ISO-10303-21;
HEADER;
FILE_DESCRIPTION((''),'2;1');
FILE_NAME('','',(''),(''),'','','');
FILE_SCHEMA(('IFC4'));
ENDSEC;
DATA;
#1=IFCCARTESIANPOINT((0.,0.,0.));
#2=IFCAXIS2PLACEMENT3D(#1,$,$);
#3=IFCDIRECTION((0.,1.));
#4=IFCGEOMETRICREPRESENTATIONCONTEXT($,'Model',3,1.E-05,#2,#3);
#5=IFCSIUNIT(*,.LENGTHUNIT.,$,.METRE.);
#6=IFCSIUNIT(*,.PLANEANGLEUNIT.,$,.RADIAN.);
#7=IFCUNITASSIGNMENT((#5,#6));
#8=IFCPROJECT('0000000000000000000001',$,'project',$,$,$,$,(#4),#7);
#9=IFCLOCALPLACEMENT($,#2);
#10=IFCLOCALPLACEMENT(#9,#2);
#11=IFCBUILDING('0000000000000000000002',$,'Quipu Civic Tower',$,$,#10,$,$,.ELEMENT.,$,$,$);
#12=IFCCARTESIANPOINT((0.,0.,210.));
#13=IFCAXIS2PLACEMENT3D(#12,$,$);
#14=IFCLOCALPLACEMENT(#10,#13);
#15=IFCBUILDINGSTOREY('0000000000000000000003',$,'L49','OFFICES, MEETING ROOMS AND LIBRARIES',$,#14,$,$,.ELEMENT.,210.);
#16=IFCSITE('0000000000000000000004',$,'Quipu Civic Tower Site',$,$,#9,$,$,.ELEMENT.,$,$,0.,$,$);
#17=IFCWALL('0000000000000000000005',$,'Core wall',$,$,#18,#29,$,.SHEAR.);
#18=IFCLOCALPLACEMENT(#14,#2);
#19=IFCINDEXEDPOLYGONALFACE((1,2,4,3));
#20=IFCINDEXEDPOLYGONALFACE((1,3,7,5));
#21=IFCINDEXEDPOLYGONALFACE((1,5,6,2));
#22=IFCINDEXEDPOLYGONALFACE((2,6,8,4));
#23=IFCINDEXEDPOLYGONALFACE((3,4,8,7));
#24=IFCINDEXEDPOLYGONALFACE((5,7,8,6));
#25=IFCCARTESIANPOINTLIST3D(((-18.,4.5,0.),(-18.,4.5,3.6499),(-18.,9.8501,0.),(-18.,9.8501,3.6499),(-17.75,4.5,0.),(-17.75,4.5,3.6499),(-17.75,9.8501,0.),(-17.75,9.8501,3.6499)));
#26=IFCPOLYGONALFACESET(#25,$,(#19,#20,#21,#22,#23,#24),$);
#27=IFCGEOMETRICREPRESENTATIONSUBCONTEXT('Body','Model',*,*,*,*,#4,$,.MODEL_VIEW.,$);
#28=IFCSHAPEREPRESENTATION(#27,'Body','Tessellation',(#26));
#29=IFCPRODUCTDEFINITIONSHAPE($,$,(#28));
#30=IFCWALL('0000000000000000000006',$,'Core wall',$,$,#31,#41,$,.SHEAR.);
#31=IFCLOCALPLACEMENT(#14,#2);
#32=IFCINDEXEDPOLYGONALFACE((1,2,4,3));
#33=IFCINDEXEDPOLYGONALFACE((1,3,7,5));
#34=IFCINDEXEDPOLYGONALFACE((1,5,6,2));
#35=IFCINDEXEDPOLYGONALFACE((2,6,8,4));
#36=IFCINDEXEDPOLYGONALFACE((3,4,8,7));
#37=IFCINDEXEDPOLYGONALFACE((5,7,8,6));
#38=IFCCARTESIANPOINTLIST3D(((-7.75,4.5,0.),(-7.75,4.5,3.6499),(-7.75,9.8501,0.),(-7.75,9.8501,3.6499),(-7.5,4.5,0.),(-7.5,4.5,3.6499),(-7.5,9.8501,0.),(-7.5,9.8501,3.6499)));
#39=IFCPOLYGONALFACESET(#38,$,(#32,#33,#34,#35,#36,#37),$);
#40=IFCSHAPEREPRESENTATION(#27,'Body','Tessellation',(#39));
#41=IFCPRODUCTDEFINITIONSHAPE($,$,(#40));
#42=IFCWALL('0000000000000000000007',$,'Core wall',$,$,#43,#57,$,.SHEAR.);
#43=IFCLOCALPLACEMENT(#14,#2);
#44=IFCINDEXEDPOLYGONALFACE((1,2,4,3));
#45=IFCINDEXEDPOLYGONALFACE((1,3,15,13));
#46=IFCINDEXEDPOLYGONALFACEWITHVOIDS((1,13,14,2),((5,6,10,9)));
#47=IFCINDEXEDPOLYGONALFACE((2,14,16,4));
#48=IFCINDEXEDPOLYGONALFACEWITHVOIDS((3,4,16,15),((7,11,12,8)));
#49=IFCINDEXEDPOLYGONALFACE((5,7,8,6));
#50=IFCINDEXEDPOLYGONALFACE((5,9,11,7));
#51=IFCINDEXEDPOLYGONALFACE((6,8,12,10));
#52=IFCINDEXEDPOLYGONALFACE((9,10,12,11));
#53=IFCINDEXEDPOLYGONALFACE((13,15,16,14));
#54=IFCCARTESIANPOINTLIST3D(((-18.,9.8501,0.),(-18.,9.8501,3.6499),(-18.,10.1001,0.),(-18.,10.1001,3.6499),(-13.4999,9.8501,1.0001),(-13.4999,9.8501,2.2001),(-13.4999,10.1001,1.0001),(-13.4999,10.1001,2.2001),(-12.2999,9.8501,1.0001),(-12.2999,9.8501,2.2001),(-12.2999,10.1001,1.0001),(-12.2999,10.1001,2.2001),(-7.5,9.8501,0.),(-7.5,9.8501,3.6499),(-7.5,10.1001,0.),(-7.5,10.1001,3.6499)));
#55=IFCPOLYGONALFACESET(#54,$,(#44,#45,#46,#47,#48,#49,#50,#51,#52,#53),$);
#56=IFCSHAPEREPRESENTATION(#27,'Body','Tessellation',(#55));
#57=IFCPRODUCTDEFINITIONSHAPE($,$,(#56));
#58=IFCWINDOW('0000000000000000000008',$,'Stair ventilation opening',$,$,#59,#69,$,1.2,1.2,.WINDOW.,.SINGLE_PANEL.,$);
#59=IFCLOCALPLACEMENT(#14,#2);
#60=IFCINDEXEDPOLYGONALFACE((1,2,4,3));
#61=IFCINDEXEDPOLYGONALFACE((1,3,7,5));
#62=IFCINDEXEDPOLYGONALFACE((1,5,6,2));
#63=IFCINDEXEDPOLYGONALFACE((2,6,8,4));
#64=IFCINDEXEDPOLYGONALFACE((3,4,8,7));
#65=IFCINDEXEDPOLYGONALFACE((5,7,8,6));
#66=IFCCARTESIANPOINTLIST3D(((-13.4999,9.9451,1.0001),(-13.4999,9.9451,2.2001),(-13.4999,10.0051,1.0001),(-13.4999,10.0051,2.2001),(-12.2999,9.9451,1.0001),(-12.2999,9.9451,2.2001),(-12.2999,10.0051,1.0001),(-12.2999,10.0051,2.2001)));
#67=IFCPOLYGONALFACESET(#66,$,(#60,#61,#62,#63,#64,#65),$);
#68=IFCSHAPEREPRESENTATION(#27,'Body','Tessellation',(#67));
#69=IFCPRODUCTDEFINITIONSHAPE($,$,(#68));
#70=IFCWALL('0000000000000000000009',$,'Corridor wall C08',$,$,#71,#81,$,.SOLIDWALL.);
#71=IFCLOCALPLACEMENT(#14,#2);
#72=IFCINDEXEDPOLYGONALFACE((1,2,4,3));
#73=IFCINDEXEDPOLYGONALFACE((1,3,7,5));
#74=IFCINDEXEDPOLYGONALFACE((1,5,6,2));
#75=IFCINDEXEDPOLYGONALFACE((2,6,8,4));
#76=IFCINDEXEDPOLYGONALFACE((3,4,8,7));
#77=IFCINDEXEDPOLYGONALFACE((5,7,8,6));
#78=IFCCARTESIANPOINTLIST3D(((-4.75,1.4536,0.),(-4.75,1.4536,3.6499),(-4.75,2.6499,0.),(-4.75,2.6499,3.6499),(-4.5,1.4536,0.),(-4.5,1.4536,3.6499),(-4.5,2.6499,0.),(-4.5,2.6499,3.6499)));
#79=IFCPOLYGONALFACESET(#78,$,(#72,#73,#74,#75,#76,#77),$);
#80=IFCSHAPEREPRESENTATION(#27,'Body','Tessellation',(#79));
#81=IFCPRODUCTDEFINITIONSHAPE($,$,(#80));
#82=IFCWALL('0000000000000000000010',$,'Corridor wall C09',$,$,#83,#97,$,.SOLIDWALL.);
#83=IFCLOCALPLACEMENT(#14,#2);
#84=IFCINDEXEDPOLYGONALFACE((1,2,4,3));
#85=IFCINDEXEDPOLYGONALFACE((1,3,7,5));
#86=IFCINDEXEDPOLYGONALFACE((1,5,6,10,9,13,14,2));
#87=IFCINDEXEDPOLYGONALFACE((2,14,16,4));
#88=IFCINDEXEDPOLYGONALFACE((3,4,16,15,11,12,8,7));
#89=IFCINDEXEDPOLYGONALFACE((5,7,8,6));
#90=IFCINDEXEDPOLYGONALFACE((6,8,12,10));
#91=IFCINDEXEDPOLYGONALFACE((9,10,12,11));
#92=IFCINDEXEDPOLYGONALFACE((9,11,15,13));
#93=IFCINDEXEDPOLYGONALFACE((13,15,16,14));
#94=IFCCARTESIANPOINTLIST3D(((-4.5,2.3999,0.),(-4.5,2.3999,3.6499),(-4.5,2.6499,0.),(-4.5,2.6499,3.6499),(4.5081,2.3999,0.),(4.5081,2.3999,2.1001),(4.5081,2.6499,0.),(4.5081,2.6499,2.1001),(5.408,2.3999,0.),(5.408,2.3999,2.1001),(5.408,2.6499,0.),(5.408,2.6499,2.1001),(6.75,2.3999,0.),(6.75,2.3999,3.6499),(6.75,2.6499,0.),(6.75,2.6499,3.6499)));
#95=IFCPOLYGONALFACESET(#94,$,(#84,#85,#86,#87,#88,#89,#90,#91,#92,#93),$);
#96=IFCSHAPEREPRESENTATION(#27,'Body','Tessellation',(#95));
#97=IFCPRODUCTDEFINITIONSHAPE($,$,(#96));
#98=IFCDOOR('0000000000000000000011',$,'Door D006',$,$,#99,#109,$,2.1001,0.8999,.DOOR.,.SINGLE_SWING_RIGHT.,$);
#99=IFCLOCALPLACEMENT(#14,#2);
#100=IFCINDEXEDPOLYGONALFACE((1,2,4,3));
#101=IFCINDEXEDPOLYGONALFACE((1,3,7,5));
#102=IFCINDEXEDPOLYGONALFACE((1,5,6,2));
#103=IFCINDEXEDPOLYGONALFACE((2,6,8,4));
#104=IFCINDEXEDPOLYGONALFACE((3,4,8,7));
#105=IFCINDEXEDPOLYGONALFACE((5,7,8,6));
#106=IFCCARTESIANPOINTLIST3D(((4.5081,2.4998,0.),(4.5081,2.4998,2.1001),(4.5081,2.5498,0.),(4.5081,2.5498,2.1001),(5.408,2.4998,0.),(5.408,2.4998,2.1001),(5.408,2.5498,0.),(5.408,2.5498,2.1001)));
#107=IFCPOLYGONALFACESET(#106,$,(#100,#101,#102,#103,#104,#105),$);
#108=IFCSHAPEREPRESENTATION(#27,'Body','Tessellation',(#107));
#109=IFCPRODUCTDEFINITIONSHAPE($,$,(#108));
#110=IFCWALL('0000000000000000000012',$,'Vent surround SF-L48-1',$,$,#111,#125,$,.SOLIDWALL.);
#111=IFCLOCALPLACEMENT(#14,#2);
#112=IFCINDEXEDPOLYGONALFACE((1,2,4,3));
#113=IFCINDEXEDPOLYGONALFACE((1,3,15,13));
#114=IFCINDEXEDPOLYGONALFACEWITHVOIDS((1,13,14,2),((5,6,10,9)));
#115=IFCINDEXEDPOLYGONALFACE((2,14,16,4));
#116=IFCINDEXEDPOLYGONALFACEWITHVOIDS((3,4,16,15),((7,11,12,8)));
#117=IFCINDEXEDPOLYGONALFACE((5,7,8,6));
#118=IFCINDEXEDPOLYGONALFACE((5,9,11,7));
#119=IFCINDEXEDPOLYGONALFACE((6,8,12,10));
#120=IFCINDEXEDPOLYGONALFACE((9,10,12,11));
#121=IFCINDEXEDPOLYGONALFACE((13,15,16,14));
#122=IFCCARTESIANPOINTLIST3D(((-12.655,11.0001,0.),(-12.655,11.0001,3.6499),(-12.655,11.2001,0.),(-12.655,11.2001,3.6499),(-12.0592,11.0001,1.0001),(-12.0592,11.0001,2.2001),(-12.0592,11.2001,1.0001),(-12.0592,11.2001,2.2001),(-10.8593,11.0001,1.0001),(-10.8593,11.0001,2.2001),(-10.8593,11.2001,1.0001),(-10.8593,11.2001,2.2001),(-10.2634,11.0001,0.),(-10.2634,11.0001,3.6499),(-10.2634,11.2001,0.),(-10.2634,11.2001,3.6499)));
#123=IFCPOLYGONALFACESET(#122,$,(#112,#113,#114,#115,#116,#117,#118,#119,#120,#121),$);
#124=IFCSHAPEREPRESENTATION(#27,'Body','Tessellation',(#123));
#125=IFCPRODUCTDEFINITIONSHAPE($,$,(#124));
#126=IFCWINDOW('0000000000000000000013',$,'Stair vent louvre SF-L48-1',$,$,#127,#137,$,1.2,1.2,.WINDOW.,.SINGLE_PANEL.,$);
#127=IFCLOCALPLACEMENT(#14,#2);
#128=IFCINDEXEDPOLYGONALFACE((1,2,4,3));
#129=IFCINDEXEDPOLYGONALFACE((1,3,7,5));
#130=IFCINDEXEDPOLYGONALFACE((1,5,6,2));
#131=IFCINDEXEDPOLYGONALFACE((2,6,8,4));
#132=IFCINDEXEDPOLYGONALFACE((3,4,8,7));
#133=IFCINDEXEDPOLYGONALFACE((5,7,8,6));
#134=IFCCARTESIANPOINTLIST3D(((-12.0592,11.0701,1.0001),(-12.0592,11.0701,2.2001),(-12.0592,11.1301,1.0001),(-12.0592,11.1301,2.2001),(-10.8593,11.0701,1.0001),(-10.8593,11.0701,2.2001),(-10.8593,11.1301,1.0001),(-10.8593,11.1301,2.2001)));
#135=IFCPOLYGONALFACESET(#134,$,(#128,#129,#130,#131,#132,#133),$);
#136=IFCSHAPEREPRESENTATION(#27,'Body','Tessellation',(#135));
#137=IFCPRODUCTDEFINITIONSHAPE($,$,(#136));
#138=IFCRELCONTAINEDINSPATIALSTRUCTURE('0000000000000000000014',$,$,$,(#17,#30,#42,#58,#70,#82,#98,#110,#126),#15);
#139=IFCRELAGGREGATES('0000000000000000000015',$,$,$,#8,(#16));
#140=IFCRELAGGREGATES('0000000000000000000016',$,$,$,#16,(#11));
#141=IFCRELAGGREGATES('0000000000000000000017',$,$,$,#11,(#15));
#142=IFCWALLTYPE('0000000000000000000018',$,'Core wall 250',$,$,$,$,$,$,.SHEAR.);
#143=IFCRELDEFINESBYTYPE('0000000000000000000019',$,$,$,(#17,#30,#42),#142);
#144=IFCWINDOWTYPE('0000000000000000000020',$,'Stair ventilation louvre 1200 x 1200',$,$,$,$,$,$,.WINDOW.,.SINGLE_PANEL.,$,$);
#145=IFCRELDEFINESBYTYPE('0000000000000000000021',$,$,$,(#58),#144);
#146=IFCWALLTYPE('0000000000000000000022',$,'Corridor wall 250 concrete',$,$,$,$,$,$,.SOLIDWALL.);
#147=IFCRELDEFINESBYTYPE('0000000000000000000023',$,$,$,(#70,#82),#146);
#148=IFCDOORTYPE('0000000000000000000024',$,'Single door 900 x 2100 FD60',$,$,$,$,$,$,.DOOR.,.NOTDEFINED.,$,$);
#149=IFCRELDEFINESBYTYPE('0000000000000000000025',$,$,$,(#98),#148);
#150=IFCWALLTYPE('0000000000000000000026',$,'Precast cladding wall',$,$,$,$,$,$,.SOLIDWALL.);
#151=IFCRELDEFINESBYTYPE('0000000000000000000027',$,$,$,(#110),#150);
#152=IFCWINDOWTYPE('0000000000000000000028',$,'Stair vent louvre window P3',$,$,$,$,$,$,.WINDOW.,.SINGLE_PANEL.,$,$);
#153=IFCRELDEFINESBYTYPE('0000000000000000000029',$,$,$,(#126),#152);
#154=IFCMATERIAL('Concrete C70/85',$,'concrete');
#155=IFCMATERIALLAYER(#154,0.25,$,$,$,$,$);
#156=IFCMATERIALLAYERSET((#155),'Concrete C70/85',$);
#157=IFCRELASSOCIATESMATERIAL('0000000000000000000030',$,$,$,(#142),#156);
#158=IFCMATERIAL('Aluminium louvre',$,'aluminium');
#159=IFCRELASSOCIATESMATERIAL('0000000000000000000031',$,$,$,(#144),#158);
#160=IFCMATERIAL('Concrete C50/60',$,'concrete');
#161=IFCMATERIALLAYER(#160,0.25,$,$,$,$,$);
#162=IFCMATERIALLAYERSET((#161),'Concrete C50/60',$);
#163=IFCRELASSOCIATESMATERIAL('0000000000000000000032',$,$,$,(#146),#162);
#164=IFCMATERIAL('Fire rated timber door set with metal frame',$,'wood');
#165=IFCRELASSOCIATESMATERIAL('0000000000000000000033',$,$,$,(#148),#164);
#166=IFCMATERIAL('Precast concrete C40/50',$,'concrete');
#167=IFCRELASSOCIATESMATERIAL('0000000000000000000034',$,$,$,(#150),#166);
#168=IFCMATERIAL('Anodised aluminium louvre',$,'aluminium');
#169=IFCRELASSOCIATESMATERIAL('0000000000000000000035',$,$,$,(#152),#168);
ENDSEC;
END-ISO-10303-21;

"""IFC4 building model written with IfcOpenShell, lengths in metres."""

from ifc_helpers import new_model, si_unit, direction, frame, frame_2d, origin, place, context, subcontext, project, spatial, rectangle, extrude, material, layer, layer_set, type_object, element, fill, save


model = new_model("IFC4")

# Units and contexts
model_context = context("Model", 3, precision=1e-05, world=origin(), true_north=direction((0.0, 1.0)))
body_context = subcontext(model_context, "Body", "Model", "MODEL_VIEW")
ifc_project = project(units=[si_unit("LENGTHUNIT", "METRE"), si_unit("PLANEANGLEUNIT", "RADIAN")], contexts=[model_context])

# Site, building, storey
site_placement = place(None, origin())
site = spatial("IfcSite", under=ifc_project, at=site_placement, Name="Quipu Civic Tower Site", CompositionType="ELEMENT", RefElevation=0.0)
building_placement = place(site_placement, origin())
building = spatial("IfcBuilding", under=site, at=building_placement, Name="Quipu Civic Tower", CompositionType="ELEMENT")
storey_placement = place(building_placement, frame((0.0, 0.0, 210.0)))
storey = spatial("IfcBuildingStorey", under=building, at=storey_placement, Name="L49", Description="OFFICES, MEETING ROOMS AND LIBRARIES", CompositionType="ELEMENT", Elevation=210.0)

# Shared definitions
ifc_material_1 = material(Name="Concrete C70/85", Category="concrete")
ifc_layer_1 = layer(ifc_material_1, 0.25)
ifc_layer_set_1 = layer_set([ifc_layer_1], Name="Concrete C70/85")
wall_type_1 = type_object("IfcWallType", Name="Core wall 250", PredefinedType="SHEAR", material=ifc_layer_set_1)

# Walls
for number, where, z_axis, x_axis, name in (
    (1, (-17.875, 4.5, 0.0), (0.0, 0.0, 1.0), (0.0, 1.0, 0.0), "Core wall"),
    (2, (-7.625, 4.5, 0.0), (0.0, 0.0, 1.0), (0.0, 1.0, 0.0), "Core wall"),
):
    element("IfcWall", number, at=place(storey_placement, frame(where, z_axis=z_axis, x_axis=x_axis)), inside=storey, type_object=wall_type_1, Name=name, PredefinedType="SHEAR", context=body_context, shape_type="SweptSolid", body=[
        extrude(rectangle(XDim=5.3501, YDim=0.25, at=frame_2d((2.675, 0.0))), origin(), (0.0, 0.0, 1.0), 3.6499),
    ])

# Wall, opening, window
wall_1_placement = place(storey_placement, frame((-18.0, 9.9751, 0.0), z_axis=(0.0, 0.0, 1.0), x_axis=(1.0, 0.0, 0.0)))
wall_1 = element("IfcWall", 3, at=wall_1_placement, inside=storey, type_object=wall_type_1, Name="Core wall", PredefinedType="SHEAR", context=body_context, shape_type="SweptSolid", body=[
    extrude(rectangle(XDim=10.5, YDim=0.25, at=frame_2d((5.25, 0.0))), origin(), (0.0, 0.0, 1.0), 3.6499),
])
opening_1_placement = place(wall_1_placement, frame((4.5, 0.0, 1.0)))
opening_1 = element("IfcOpeningElement", 4, at=opening_1_placement, cuts=wall_1, PredefinedType="OPENING", context=body_context, shape_type="SweptSolid", body=[
    extrude(rectangle(XDim=1.2, YDim=1.2, at=frame_2d((0.6001, 0.6001))), frame((0.0, 0.135, 0.0), z_axis=(0.0, -1.0, 0.0), x_axis=(1.0, 0.0, 0.0)), (0.0, 0.0, 1.0), 0.27),
])
ifc_material_2 = material(Name="Aluminium louvre", Category="aluminium")
window_type_1 = type_object("IfcWindowType", Name="Stair ventilation louvre 1200 x 1200", PartitioningType="SINGLE_PANEL", PredefinedType="WINDOW", material=ifc_material_2)
window_1_placement = place(opening_1_placement, origin())
window_1 = element("IfcWindow", 5, at=window_1_placement, inside=storey, type_object=window_type_1, Name="Stair ventilation opening", OverallHeight=1.2, OverallWidth=1.2, PartitioningType="SINGLE_PANEL", PredefinedType="WINDOW", context=body_context, shape_type="SweptSolid", body=[
    extrude(rectangle(XDim=1.2, YDim=1.2, at=frame_2d((0.6001, 0.6001))), frame((0.0, 0.03, 0.0), z_axis=(0.0, -1.0, 0.0), x_axis=(1.0, 0.0, 0.0)), (0.0, 0.0, 1.0), 0.0601),
])
fill(opening_1, window_1)

# Wall
ifc_material_3 = material(Name="Concrete C50/60", Category="concrete")
ifc_layer_2 = layer(ifc_material_3, 0.25)
ifc_layer_set_2 = layer_set([ifc_layer_2], Name="Concrete C50/60")
wall_type_2 = type_object("IfcWallType", Name="Corridor wall 250 concrete", PredefinedType="SOLIDWALL", material=ifc_layer_set_2)
wall_2_placement = place(storey_placement, frame((-4.625, 1.4536, 0.0), z_axis=(0.0, 0.0, 1.0), x_axis=(0.0, 1.0, 0.0)))
element("IfcWall", 6, at=wall_2_placement, inside=storey, type_object=wall_type_2, Name="Corridor wall C08", PredefinedType="SOLIDWALL", context=body_context, shape_type="SweptSolid", body=[
    extrude(rectangle(XDim=1.1963, YDim=0.25, at=frame_2d((0.5981, 0.0))), origin(), (0.0, 0.0, 1.0), 3.6499),
])

# Wall, opening, door
wall_3_placement = place(storey_placement, frame((-4.5, 2.5249, 0.0), z_axis=(0.0, 0.0, 1.0), x_axis=(1.0, 0.0, 0.0)))
wall_3 = element("IfcWall", 7, at=wall_3_placement, inside=storey, type_object=wall_type_2, Name="Corridor wall C09", PredefinedType="SOLIDWALL", context=body_context, shape_type="SweptSolid", body=[
    extrude(rectangle(XDim=11.25, YDim=0.25, at=frame_2d((5.625, 0.0))), origin(), (0.0, 0.0, 1.0), 3.6499),
])
opening_2_placement = place(wall_3_placement, frame((9.0081, 0.0, 0.0)))
opening_2 = element("IfcOpeningElement", 8, at=opening_2_placement, cuts=wall_3, PredefinedType="OPENING", context=body_context, shape_type="SweptSolid", body=[
    extrude(rectangle(XDim=0.8999, YDim=2.1001, at=frame_2d((0.45, 1.05))), frame((0.0, 0.135, 0.0), z_axis=(0.0, -1.0, 0.0), x_axis=(1.0, 0.0, 0.0)), (0.0, 0.0, 1.0), 0.27),
])
ifc_material_4 = material(Name="Fire rated timber door set with metal frame", Category="wood")
door_type_1 = type_object("IfcDoorType", Name="Single door 900 x 2100 FD60", OperationType="NOTDEFINED", PredefinedType="DOOR", material=ifc_material_4)
door_1_placement = place(opening_2_placement, origin())
door_1 = element("IfcDoor", 9, at=door_1_placement, inside=storey, type_object=door_type_1, Name="Door D006", OperationType="SINGLE_SWING_RIGHT", OverallHeight=2.1001, OverallWidth=0.8999, PredefinedType="DOOR", context=body_context, shape_type="SweptSolid", body=[
    extrude(rectangle(XDim=0.8999, YDim=2.1001, at=frame_2d((0.45, 1.05))), frame((0.0, 0.0249, 0.0), z_axis=(0.0, -1.0, 0.0), x_axis=(1.0, 0.0, 0.0)), (0.0, 0.0, 1.0), 0.05),
])
fill(opening_2, door_1)

# Wall, opening, window
ifc_material_5 = material(Name="Precast concrete C40/50", Category="concrete")
wall_type_3 = type_object("IfcWallType", Name="Precast cladding wall", PredefinedType="SOLIDWALL", material=ifc_material_5)
wall_4_placement = place(storey_placement, frame((-10.2634, 11.1001, 0.0), z_axis=(0.0, 0.0, 1.0), x_axis=(-1.0, 0.0, 0.0)))
wall_4 = element("IfcWall", 10, at=wall_4_placement, inside=storey, type_object=wall_type_3, Name="Vent surround SF-L48-1", PredefinedType="SOLIDWALL", context=body_context, shape_type="SweptSolid", body=[
    extrude(rectangle(XDim=2.3916, YDim=0.2, at=frame_2d((1.1958, 0.0))), origin(), (0.0, 0.0, 1.0), 3.6499),
])
opening_3_placement = place(wall_4_placement, frame((0.5957, 0.0, 1.0)))
opening_3 = element("IfcOpeningElement", 11, at=opening_3_placement, cuts=wall_4, PredefinedType="OPENING", context=body_context, shape_type="SweptSolid", body=[
    extrude(rectangle(XDim=1.2, YDim=1.2, at=frame_2d((0.6001, 0.6001))), frame((0.0, 0.1099, 0.0), z_axis=(0.0, -1.0, 0.0), x_axis=(1.0, 0.0, 0.0)), (0.0, 0.0, 1.0), 0.22),
])
ifc_material_6 = material(Name="Anodised aluminium louvre", Category="aluminium")
window_type_2 = type_object("IfcWindowType", Name="Stair vent louvre window P3", PartitioningType="SINGLE_PANEL", PredefinedType="WINDOW", material=ifc_material_6)
window_2_placement = place(opening_3_placement, origin())
window_2 = element("IfcWindow", 12, at=window_2_placement, inside=storey, type_object=window_type_2, Name="Stair vent louvre SF-L48-1", OverallHeight=1.2, OverallWidth=1.2, PartitioningType="SINGLE_PANEL", PredefinedType="WINDOW", context=body_context, shape_type="SweptSolid", body=[
    extrude(rectangle(XDim=1.2, YDim=1.2, at=frame_2d((0.6001, 0.6001))), frame((0.0, 0.03, 0.0), z_axis=(0.0, -1.0, 0.0), x_axis=(1.0, 0.0, 0.0)), (0.0, 0.0, 1.0), 0.0601),
])
fill(opening_3, window_2)

save(model, "model.ifc")
